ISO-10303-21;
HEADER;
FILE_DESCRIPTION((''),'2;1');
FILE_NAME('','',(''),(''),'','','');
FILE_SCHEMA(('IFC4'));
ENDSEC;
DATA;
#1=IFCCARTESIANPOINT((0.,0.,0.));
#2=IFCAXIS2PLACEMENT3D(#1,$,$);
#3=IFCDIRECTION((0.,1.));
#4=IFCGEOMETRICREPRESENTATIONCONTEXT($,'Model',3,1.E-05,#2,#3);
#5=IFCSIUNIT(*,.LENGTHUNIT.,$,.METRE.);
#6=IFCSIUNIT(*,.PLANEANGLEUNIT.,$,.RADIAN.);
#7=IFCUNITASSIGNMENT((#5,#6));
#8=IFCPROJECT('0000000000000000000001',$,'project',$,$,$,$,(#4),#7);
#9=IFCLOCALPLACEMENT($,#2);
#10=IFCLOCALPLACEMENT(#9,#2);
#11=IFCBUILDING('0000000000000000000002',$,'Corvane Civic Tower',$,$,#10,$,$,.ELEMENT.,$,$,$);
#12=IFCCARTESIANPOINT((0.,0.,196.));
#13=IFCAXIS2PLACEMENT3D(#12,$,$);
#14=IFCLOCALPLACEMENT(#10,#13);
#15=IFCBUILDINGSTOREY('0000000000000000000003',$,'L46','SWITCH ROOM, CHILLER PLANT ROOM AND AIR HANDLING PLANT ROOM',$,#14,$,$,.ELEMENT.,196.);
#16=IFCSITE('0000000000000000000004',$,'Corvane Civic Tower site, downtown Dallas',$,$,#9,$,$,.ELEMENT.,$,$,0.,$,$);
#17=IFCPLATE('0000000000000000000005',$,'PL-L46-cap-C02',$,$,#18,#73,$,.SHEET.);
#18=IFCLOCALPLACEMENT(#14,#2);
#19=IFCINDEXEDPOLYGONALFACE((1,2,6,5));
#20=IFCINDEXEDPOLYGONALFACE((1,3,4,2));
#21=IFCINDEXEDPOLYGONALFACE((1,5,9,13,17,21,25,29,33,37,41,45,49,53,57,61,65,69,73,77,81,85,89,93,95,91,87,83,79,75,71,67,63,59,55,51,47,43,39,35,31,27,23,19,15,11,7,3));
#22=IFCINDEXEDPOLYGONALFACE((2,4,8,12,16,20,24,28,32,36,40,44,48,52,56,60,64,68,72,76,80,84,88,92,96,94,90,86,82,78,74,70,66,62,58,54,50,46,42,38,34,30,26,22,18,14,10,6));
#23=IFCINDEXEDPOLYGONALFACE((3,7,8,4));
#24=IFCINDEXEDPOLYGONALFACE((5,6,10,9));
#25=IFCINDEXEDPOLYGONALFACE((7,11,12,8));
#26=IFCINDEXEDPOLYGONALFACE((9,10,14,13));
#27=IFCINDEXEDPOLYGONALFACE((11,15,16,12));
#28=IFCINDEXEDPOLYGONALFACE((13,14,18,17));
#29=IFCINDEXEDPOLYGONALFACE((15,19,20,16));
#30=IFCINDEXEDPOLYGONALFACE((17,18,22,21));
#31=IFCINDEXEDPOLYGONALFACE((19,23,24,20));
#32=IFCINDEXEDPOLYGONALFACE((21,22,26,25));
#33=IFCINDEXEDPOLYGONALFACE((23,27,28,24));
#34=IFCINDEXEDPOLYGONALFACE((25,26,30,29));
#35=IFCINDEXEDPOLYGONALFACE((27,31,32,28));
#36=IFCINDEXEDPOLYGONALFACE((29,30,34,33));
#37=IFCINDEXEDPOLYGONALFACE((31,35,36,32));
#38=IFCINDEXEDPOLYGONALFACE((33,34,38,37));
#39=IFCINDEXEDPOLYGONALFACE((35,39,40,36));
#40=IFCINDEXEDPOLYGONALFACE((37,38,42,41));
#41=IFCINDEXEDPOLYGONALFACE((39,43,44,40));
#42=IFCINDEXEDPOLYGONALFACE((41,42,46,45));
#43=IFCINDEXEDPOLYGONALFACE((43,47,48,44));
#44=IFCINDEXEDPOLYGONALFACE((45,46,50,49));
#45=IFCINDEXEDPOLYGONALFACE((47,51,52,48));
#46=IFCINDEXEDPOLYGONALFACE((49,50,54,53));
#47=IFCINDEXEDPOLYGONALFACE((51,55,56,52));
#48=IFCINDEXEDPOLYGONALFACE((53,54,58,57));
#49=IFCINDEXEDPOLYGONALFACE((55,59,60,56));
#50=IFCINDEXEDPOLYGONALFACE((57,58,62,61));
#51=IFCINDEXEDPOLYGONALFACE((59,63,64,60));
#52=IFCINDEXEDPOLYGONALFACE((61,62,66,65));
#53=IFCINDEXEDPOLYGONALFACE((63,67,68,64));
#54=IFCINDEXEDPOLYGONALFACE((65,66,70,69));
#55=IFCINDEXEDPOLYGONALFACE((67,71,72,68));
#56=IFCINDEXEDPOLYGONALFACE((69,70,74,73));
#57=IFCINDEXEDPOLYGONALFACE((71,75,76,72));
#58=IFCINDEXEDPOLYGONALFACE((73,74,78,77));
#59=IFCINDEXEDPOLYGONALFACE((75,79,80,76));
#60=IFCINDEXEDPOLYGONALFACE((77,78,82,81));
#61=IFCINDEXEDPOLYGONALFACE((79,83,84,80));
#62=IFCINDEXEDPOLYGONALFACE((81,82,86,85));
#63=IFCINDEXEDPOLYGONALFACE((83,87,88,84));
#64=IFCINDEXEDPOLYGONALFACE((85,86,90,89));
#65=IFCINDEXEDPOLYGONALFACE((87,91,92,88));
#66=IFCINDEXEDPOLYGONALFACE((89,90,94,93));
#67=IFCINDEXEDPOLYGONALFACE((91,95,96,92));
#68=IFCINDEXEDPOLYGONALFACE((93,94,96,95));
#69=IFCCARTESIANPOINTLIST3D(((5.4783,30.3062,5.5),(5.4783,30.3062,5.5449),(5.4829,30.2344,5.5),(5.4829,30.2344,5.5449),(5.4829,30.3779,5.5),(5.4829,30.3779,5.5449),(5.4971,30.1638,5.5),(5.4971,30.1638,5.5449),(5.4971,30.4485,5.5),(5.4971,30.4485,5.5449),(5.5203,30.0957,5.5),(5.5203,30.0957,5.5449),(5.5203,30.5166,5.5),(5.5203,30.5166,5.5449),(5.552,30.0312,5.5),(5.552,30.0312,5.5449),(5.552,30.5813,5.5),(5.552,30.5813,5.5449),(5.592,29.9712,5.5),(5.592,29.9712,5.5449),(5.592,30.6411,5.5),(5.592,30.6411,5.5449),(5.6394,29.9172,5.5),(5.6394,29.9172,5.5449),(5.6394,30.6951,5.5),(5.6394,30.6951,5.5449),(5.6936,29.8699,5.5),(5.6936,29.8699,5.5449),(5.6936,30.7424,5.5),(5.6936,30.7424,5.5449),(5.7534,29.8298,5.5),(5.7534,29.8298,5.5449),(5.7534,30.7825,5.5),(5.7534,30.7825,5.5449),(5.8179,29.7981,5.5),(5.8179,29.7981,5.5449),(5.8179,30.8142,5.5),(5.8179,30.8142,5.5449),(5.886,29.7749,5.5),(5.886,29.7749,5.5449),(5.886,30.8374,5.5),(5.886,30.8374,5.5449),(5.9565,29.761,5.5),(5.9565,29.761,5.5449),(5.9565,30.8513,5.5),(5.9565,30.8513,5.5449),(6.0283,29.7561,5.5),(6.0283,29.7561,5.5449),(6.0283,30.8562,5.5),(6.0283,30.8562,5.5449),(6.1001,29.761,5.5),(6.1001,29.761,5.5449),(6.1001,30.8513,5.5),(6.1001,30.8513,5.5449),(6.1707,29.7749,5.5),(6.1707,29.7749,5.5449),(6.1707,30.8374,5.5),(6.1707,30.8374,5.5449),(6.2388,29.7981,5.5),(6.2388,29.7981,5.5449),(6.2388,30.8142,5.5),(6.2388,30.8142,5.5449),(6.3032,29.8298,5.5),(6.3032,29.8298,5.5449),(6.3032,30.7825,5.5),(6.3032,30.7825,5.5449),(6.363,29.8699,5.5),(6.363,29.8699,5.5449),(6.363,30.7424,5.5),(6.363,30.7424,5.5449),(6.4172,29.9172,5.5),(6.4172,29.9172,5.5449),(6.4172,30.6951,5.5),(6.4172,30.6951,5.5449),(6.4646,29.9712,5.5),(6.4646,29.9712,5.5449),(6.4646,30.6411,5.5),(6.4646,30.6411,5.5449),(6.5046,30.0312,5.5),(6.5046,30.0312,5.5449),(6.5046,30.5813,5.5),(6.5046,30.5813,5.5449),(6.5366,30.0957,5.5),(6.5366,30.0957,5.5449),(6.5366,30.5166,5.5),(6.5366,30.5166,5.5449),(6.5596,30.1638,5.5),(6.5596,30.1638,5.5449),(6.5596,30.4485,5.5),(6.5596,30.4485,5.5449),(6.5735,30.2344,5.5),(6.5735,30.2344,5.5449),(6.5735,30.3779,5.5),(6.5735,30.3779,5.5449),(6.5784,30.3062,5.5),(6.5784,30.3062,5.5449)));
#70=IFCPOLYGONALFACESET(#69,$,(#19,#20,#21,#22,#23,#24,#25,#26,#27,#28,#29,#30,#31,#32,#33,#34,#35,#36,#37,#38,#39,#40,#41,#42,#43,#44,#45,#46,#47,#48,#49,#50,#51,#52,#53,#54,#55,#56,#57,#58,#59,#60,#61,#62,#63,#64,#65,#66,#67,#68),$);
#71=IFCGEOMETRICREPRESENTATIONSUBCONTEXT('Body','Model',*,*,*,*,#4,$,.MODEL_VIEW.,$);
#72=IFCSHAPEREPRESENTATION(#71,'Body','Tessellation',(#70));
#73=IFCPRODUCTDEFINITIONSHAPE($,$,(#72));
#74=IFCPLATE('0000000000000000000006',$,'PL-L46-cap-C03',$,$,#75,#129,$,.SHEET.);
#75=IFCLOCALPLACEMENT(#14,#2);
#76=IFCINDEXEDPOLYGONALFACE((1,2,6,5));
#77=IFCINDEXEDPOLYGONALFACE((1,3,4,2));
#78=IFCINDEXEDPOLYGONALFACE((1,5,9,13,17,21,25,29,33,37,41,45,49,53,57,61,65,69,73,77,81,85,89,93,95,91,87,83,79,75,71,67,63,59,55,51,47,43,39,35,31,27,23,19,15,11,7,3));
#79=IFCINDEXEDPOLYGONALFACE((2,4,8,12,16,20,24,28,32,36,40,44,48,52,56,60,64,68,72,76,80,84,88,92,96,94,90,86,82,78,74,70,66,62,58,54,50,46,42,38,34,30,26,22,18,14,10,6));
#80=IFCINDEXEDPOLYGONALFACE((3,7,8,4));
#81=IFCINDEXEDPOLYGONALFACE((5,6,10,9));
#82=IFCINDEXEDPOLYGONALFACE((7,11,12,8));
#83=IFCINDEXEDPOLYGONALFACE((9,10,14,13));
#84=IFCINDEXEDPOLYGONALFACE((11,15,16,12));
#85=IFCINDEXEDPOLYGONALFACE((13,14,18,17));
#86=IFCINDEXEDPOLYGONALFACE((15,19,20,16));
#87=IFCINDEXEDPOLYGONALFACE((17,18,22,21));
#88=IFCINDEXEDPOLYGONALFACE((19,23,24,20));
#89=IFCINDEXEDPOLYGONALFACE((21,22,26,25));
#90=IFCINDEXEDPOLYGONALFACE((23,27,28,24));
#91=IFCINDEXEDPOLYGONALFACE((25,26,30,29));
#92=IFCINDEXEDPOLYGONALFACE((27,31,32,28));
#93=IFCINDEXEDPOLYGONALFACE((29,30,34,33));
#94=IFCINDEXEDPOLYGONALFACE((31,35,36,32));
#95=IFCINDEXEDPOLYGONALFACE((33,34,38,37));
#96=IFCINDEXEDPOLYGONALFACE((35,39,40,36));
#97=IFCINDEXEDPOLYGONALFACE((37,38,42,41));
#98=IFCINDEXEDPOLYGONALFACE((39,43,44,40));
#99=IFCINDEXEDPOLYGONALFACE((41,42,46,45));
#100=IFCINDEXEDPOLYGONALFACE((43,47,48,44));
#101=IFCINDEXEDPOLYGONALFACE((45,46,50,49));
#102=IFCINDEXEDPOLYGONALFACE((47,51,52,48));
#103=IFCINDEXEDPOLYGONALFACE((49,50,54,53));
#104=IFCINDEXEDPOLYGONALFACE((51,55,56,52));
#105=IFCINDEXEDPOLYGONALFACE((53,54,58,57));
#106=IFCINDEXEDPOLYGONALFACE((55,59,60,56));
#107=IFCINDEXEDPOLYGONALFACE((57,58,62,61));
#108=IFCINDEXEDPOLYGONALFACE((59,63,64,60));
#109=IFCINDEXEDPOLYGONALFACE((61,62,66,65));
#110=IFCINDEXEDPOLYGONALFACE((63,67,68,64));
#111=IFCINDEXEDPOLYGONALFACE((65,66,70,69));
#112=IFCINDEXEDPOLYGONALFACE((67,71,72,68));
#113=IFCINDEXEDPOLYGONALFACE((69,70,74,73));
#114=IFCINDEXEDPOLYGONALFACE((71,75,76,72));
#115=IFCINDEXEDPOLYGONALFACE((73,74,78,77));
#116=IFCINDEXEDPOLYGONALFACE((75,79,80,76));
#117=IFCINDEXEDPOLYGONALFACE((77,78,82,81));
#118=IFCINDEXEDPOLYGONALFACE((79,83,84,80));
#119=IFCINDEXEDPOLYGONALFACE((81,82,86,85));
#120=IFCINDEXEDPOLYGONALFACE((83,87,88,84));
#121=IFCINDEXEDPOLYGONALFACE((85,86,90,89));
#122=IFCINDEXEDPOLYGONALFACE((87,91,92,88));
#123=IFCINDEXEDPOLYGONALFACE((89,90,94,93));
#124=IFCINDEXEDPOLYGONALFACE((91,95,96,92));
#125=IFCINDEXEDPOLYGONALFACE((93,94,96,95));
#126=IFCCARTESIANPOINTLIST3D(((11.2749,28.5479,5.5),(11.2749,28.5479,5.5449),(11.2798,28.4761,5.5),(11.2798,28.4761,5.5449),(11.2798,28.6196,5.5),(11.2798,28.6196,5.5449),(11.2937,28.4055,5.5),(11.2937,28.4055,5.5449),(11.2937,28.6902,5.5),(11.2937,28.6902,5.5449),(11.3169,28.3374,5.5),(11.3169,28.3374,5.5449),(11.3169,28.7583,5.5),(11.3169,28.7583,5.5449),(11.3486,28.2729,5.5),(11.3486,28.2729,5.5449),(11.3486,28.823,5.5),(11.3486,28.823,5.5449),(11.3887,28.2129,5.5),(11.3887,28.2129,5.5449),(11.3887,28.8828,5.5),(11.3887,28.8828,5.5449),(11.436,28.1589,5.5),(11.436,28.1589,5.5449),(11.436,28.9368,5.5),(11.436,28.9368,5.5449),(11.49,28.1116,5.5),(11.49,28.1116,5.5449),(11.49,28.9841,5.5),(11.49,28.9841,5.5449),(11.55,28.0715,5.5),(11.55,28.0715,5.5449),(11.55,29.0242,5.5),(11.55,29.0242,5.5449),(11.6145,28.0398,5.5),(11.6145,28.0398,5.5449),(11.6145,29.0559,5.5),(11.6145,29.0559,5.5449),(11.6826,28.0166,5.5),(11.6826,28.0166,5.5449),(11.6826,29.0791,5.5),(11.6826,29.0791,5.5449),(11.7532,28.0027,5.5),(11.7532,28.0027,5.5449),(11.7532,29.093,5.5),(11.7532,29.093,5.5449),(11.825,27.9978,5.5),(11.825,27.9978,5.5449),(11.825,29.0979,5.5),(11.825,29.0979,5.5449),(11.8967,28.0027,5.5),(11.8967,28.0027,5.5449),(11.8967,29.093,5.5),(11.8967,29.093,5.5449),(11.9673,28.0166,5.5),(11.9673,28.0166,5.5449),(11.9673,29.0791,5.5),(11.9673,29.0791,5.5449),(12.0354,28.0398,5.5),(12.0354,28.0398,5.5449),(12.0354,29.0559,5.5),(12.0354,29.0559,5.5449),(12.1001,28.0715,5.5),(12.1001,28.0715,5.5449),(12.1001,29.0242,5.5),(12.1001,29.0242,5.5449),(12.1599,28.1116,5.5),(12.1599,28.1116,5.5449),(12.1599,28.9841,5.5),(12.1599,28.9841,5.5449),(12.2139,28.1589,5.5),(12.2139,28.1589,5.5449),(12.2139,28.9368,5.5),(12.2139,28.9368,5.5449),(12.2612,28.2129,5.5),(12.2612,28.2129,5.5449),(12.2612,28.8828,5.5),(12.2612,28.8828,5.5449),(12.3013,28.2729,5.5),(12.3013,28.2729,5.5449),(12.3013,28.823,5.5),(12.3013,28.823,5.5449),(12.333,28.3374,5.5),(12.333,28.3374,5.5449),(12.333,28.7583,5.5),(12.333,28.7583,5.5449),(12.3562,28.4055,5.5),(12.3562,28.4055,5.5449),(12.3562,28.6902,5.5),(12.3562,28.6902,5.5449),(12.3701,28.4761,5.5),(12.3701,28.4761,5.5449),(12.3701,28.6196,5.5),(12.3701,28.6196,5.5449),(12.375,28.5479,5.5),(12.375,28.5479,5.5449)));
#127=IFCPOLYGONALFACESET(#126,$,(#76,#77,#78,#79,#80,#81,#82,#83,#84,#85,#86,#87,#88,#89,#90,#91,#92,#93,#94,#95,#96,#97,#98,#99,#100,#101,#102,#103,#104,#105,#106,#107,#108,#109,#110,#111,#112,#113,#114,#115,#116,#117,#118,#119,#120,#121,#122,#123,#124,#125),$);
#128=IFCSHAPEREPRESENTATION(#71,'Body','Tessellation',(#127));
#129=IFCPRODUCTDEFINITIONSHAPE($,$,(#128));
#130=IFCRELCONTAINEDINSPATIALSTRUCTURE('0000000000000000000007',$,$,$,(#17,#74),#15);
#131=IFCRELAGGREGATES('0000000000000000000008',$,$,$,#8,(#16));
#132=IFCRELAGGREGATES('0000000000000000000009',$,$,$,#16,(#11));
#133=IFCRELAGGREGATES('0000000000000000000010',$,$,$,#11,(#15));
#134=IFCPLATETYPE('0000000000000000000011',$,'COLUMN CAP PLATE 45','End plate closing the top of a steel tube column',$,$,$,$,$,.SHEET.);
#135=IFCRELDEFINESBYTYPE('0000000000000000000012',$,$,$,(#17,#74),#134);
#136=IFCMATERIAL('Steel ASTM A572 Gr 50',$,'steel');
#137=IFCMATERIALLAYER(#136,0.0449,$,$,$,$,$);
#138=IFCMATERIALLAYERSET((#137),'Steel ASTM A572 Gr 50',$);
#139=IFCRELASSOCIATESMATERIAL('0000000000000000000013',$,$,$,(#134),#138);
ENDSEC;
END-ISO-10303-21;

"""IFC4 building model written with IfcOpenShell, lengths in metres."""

from ifc_helpers import new_model, si_unit, direction, frame, origin, place, context, subcontext, project, spatial, polyline, outline, extrude, material, layer, layer_set, type_object, element, save


model = new_model("IFC4")

# Units and contexts
model_context = context("Model", 3, precision=1e-05, world=origin(), true_north=direction((0.0, 1.0)))
body_context = subcontext(model_context, "Body", "Model", "MODEL_VIEW")
ifc_project = project(units=[si_unit("LENGTHUNIT", "METRE"), si_unit("PLANEANGLEUNIT", "RADIAN")], contexts=[model_context])

# Site, building, storey
site_placement = place(None, origin())
site = spatial("IfcSite", under=ifc_project, at=site_placement, Name="Corvane Civic Tower site, downtown Dallas", CompositionType="ELEMENT", RefElevation=0.0)
building_placement = place(site_placement, origin())
building = spatial("IfcBuilding", under=site, at=building_placement, Name="Corvane Civic Tower", CompositionType="ELEMENT")
storey_placement = place(building_placement, frame((0.0, 0.0, 196.0)))
storey = spatial("IfcBuildingStorey", under=building, at=storey_placement, Name="L46", Description="SWITCH ROOM, CHILLER PLANT ROOM AND AIR HANDLING PLANT ROOM", CompositionType="ELEMENT", Elevation=196.0)

# Plates
ifc_material_1 = material(Name="Steel ASTM A572 Gr 50", Category="steel")
ifc_layer_1 = layer(ifc_material_1, 0.0449)
ifc_layer_set_1 = layer_set([ifc_layer_1], Name="Steel ASTM A572 Gr 50")
plate_type = type_object("IfcPlateType", Name="COLUMN CAP PLATE 45", Description="End plate closing the top of a steel tube column", PredefinedType="SHEET", material=ifc_layer_set_1)
plate_1_placement = place(storey_placement, frame((0.0, 0.0, 5.5)))
element("IfcPlate", 1, at=plate_1_placement, inside=storey, type_object=plate_type, Name="PL-L46-cap-C02", PredefinedType="SHEET", context=body_context, shape_type="SweptSolid", body=[
    extrude(outline(polyline([(6.5784, 30.3062), (6.5735, 30.3779), (6.5596, 30.4485), (6.5366, 30.5166), (6.5046, 30.5813), (6.4646, 30.6411), (6.4172, 30.6951), (6.363, 30.7424), (6.3032, 30.7825), (6.2388, 30.8142), (6.1707, 30.8374), (6.1001, 30.8513), (6.0283, 30.8562), (5.9565, 30.8513), (5.886, 30.8374), (5.8179, 30.8142), (5.7534, 30.7825), (5.6936, 30.7424), (5.6394, 30.6951), (5.592, 30.6411), (5.552, 30.5813), (5.5203, 30.5166), (5.4971, 30.4485), (5.4829, 30.3779), (5.4783, 30.3062), (5.4829, 30.2344), (5.4971, 30.1638), (5.5203, 30.0957), (5.552, 30.0312), (5.592, 29.9712), (5.6394, 29.9172), (5.6936, 29.8699), (5.7534, 29.8298), (5.8179, 29.7981), (5.886, 29.7749), (5.9565, 29.761), (6.0283, 29.7561), (6.1001, 29.761), (6.1707, 29.7749), (6.2388, 29.7981), (6.3032, 29.8298), (6.363, 29.8699), (6.4172, 29.9172), (6.4646, 29.9712), (6.5046, 30.0312), (6.5366, 30.0957), (6.5596, 30.1638), (6.5735, 30.2344), (6.5784, 30.3062)])), origin(), (0.0, 0.0, 1.0), 0.0449),
])
plate_2_placement = place(storey_placement, frame((0.0, 0.0, 5.5)))
element("IfcPlate", 2, at=plate_2_placement, inside=storey, type_object=plate_type, Name="PL-L46-cap-C03", PredefinedType="SHEET", context=body_context, shape_type="SweptSolid", body=[
    extrude(outline(polyline([(12.375, 28.5479), (12.3701, 28.6196), (12.3562, 28.6902), (12.333, 28.7583), (12.3013, 28.823), (12.2612, 28.8828), (12.2139, 28.9368), (12.1599, 28.9841), (12.1001, 29.0242), (12.0354, 29.0559), (11.9673, 29.0791), (11.8967, 29.093), (11.825, 29.0979), (11.7532, 29.093), (11.6826, 29.0791), (11.6145, 29.0559), (11.55, 29.0242), (11.49, 28.9841), (11.436, 28.9368), (11.3887, 28.8828), (11.3486, 28.823), (11.3169, 28.7583), (11.2937, 28.6902), (11.2798, 28.6196), (11.2749, 28.5479), (11.2798, 28.4761), (11.2937, 28.4055), (11.3169, 28.3374), (11.3486, 28.2729), (11.3887, 28.2129), (11.436, 28.1589), (11.49, 28.1116), (11.55, 28.0715), (11.6145, 28.0398), (11.6826, 28.0166), (11.7532, 28.0027), (11.825, 27.9978), (11.8967, 28.0027), (11.9673, 28.0166), (12.0354, 28.0398), (12.1001, 28.0715), (12.1599, 28.1116), (12.2139, 28.1589), (12.2612, 28.2129), (12.3013, 28.2729), (12.333, 28.3374), (12.3562, 28.4055), (12.3701, 28.4761), (12.375, 28.5479)])), origin(), (0.0, 0.0, 1.0), 0.0449),
])

save(model, "model.ifc")
